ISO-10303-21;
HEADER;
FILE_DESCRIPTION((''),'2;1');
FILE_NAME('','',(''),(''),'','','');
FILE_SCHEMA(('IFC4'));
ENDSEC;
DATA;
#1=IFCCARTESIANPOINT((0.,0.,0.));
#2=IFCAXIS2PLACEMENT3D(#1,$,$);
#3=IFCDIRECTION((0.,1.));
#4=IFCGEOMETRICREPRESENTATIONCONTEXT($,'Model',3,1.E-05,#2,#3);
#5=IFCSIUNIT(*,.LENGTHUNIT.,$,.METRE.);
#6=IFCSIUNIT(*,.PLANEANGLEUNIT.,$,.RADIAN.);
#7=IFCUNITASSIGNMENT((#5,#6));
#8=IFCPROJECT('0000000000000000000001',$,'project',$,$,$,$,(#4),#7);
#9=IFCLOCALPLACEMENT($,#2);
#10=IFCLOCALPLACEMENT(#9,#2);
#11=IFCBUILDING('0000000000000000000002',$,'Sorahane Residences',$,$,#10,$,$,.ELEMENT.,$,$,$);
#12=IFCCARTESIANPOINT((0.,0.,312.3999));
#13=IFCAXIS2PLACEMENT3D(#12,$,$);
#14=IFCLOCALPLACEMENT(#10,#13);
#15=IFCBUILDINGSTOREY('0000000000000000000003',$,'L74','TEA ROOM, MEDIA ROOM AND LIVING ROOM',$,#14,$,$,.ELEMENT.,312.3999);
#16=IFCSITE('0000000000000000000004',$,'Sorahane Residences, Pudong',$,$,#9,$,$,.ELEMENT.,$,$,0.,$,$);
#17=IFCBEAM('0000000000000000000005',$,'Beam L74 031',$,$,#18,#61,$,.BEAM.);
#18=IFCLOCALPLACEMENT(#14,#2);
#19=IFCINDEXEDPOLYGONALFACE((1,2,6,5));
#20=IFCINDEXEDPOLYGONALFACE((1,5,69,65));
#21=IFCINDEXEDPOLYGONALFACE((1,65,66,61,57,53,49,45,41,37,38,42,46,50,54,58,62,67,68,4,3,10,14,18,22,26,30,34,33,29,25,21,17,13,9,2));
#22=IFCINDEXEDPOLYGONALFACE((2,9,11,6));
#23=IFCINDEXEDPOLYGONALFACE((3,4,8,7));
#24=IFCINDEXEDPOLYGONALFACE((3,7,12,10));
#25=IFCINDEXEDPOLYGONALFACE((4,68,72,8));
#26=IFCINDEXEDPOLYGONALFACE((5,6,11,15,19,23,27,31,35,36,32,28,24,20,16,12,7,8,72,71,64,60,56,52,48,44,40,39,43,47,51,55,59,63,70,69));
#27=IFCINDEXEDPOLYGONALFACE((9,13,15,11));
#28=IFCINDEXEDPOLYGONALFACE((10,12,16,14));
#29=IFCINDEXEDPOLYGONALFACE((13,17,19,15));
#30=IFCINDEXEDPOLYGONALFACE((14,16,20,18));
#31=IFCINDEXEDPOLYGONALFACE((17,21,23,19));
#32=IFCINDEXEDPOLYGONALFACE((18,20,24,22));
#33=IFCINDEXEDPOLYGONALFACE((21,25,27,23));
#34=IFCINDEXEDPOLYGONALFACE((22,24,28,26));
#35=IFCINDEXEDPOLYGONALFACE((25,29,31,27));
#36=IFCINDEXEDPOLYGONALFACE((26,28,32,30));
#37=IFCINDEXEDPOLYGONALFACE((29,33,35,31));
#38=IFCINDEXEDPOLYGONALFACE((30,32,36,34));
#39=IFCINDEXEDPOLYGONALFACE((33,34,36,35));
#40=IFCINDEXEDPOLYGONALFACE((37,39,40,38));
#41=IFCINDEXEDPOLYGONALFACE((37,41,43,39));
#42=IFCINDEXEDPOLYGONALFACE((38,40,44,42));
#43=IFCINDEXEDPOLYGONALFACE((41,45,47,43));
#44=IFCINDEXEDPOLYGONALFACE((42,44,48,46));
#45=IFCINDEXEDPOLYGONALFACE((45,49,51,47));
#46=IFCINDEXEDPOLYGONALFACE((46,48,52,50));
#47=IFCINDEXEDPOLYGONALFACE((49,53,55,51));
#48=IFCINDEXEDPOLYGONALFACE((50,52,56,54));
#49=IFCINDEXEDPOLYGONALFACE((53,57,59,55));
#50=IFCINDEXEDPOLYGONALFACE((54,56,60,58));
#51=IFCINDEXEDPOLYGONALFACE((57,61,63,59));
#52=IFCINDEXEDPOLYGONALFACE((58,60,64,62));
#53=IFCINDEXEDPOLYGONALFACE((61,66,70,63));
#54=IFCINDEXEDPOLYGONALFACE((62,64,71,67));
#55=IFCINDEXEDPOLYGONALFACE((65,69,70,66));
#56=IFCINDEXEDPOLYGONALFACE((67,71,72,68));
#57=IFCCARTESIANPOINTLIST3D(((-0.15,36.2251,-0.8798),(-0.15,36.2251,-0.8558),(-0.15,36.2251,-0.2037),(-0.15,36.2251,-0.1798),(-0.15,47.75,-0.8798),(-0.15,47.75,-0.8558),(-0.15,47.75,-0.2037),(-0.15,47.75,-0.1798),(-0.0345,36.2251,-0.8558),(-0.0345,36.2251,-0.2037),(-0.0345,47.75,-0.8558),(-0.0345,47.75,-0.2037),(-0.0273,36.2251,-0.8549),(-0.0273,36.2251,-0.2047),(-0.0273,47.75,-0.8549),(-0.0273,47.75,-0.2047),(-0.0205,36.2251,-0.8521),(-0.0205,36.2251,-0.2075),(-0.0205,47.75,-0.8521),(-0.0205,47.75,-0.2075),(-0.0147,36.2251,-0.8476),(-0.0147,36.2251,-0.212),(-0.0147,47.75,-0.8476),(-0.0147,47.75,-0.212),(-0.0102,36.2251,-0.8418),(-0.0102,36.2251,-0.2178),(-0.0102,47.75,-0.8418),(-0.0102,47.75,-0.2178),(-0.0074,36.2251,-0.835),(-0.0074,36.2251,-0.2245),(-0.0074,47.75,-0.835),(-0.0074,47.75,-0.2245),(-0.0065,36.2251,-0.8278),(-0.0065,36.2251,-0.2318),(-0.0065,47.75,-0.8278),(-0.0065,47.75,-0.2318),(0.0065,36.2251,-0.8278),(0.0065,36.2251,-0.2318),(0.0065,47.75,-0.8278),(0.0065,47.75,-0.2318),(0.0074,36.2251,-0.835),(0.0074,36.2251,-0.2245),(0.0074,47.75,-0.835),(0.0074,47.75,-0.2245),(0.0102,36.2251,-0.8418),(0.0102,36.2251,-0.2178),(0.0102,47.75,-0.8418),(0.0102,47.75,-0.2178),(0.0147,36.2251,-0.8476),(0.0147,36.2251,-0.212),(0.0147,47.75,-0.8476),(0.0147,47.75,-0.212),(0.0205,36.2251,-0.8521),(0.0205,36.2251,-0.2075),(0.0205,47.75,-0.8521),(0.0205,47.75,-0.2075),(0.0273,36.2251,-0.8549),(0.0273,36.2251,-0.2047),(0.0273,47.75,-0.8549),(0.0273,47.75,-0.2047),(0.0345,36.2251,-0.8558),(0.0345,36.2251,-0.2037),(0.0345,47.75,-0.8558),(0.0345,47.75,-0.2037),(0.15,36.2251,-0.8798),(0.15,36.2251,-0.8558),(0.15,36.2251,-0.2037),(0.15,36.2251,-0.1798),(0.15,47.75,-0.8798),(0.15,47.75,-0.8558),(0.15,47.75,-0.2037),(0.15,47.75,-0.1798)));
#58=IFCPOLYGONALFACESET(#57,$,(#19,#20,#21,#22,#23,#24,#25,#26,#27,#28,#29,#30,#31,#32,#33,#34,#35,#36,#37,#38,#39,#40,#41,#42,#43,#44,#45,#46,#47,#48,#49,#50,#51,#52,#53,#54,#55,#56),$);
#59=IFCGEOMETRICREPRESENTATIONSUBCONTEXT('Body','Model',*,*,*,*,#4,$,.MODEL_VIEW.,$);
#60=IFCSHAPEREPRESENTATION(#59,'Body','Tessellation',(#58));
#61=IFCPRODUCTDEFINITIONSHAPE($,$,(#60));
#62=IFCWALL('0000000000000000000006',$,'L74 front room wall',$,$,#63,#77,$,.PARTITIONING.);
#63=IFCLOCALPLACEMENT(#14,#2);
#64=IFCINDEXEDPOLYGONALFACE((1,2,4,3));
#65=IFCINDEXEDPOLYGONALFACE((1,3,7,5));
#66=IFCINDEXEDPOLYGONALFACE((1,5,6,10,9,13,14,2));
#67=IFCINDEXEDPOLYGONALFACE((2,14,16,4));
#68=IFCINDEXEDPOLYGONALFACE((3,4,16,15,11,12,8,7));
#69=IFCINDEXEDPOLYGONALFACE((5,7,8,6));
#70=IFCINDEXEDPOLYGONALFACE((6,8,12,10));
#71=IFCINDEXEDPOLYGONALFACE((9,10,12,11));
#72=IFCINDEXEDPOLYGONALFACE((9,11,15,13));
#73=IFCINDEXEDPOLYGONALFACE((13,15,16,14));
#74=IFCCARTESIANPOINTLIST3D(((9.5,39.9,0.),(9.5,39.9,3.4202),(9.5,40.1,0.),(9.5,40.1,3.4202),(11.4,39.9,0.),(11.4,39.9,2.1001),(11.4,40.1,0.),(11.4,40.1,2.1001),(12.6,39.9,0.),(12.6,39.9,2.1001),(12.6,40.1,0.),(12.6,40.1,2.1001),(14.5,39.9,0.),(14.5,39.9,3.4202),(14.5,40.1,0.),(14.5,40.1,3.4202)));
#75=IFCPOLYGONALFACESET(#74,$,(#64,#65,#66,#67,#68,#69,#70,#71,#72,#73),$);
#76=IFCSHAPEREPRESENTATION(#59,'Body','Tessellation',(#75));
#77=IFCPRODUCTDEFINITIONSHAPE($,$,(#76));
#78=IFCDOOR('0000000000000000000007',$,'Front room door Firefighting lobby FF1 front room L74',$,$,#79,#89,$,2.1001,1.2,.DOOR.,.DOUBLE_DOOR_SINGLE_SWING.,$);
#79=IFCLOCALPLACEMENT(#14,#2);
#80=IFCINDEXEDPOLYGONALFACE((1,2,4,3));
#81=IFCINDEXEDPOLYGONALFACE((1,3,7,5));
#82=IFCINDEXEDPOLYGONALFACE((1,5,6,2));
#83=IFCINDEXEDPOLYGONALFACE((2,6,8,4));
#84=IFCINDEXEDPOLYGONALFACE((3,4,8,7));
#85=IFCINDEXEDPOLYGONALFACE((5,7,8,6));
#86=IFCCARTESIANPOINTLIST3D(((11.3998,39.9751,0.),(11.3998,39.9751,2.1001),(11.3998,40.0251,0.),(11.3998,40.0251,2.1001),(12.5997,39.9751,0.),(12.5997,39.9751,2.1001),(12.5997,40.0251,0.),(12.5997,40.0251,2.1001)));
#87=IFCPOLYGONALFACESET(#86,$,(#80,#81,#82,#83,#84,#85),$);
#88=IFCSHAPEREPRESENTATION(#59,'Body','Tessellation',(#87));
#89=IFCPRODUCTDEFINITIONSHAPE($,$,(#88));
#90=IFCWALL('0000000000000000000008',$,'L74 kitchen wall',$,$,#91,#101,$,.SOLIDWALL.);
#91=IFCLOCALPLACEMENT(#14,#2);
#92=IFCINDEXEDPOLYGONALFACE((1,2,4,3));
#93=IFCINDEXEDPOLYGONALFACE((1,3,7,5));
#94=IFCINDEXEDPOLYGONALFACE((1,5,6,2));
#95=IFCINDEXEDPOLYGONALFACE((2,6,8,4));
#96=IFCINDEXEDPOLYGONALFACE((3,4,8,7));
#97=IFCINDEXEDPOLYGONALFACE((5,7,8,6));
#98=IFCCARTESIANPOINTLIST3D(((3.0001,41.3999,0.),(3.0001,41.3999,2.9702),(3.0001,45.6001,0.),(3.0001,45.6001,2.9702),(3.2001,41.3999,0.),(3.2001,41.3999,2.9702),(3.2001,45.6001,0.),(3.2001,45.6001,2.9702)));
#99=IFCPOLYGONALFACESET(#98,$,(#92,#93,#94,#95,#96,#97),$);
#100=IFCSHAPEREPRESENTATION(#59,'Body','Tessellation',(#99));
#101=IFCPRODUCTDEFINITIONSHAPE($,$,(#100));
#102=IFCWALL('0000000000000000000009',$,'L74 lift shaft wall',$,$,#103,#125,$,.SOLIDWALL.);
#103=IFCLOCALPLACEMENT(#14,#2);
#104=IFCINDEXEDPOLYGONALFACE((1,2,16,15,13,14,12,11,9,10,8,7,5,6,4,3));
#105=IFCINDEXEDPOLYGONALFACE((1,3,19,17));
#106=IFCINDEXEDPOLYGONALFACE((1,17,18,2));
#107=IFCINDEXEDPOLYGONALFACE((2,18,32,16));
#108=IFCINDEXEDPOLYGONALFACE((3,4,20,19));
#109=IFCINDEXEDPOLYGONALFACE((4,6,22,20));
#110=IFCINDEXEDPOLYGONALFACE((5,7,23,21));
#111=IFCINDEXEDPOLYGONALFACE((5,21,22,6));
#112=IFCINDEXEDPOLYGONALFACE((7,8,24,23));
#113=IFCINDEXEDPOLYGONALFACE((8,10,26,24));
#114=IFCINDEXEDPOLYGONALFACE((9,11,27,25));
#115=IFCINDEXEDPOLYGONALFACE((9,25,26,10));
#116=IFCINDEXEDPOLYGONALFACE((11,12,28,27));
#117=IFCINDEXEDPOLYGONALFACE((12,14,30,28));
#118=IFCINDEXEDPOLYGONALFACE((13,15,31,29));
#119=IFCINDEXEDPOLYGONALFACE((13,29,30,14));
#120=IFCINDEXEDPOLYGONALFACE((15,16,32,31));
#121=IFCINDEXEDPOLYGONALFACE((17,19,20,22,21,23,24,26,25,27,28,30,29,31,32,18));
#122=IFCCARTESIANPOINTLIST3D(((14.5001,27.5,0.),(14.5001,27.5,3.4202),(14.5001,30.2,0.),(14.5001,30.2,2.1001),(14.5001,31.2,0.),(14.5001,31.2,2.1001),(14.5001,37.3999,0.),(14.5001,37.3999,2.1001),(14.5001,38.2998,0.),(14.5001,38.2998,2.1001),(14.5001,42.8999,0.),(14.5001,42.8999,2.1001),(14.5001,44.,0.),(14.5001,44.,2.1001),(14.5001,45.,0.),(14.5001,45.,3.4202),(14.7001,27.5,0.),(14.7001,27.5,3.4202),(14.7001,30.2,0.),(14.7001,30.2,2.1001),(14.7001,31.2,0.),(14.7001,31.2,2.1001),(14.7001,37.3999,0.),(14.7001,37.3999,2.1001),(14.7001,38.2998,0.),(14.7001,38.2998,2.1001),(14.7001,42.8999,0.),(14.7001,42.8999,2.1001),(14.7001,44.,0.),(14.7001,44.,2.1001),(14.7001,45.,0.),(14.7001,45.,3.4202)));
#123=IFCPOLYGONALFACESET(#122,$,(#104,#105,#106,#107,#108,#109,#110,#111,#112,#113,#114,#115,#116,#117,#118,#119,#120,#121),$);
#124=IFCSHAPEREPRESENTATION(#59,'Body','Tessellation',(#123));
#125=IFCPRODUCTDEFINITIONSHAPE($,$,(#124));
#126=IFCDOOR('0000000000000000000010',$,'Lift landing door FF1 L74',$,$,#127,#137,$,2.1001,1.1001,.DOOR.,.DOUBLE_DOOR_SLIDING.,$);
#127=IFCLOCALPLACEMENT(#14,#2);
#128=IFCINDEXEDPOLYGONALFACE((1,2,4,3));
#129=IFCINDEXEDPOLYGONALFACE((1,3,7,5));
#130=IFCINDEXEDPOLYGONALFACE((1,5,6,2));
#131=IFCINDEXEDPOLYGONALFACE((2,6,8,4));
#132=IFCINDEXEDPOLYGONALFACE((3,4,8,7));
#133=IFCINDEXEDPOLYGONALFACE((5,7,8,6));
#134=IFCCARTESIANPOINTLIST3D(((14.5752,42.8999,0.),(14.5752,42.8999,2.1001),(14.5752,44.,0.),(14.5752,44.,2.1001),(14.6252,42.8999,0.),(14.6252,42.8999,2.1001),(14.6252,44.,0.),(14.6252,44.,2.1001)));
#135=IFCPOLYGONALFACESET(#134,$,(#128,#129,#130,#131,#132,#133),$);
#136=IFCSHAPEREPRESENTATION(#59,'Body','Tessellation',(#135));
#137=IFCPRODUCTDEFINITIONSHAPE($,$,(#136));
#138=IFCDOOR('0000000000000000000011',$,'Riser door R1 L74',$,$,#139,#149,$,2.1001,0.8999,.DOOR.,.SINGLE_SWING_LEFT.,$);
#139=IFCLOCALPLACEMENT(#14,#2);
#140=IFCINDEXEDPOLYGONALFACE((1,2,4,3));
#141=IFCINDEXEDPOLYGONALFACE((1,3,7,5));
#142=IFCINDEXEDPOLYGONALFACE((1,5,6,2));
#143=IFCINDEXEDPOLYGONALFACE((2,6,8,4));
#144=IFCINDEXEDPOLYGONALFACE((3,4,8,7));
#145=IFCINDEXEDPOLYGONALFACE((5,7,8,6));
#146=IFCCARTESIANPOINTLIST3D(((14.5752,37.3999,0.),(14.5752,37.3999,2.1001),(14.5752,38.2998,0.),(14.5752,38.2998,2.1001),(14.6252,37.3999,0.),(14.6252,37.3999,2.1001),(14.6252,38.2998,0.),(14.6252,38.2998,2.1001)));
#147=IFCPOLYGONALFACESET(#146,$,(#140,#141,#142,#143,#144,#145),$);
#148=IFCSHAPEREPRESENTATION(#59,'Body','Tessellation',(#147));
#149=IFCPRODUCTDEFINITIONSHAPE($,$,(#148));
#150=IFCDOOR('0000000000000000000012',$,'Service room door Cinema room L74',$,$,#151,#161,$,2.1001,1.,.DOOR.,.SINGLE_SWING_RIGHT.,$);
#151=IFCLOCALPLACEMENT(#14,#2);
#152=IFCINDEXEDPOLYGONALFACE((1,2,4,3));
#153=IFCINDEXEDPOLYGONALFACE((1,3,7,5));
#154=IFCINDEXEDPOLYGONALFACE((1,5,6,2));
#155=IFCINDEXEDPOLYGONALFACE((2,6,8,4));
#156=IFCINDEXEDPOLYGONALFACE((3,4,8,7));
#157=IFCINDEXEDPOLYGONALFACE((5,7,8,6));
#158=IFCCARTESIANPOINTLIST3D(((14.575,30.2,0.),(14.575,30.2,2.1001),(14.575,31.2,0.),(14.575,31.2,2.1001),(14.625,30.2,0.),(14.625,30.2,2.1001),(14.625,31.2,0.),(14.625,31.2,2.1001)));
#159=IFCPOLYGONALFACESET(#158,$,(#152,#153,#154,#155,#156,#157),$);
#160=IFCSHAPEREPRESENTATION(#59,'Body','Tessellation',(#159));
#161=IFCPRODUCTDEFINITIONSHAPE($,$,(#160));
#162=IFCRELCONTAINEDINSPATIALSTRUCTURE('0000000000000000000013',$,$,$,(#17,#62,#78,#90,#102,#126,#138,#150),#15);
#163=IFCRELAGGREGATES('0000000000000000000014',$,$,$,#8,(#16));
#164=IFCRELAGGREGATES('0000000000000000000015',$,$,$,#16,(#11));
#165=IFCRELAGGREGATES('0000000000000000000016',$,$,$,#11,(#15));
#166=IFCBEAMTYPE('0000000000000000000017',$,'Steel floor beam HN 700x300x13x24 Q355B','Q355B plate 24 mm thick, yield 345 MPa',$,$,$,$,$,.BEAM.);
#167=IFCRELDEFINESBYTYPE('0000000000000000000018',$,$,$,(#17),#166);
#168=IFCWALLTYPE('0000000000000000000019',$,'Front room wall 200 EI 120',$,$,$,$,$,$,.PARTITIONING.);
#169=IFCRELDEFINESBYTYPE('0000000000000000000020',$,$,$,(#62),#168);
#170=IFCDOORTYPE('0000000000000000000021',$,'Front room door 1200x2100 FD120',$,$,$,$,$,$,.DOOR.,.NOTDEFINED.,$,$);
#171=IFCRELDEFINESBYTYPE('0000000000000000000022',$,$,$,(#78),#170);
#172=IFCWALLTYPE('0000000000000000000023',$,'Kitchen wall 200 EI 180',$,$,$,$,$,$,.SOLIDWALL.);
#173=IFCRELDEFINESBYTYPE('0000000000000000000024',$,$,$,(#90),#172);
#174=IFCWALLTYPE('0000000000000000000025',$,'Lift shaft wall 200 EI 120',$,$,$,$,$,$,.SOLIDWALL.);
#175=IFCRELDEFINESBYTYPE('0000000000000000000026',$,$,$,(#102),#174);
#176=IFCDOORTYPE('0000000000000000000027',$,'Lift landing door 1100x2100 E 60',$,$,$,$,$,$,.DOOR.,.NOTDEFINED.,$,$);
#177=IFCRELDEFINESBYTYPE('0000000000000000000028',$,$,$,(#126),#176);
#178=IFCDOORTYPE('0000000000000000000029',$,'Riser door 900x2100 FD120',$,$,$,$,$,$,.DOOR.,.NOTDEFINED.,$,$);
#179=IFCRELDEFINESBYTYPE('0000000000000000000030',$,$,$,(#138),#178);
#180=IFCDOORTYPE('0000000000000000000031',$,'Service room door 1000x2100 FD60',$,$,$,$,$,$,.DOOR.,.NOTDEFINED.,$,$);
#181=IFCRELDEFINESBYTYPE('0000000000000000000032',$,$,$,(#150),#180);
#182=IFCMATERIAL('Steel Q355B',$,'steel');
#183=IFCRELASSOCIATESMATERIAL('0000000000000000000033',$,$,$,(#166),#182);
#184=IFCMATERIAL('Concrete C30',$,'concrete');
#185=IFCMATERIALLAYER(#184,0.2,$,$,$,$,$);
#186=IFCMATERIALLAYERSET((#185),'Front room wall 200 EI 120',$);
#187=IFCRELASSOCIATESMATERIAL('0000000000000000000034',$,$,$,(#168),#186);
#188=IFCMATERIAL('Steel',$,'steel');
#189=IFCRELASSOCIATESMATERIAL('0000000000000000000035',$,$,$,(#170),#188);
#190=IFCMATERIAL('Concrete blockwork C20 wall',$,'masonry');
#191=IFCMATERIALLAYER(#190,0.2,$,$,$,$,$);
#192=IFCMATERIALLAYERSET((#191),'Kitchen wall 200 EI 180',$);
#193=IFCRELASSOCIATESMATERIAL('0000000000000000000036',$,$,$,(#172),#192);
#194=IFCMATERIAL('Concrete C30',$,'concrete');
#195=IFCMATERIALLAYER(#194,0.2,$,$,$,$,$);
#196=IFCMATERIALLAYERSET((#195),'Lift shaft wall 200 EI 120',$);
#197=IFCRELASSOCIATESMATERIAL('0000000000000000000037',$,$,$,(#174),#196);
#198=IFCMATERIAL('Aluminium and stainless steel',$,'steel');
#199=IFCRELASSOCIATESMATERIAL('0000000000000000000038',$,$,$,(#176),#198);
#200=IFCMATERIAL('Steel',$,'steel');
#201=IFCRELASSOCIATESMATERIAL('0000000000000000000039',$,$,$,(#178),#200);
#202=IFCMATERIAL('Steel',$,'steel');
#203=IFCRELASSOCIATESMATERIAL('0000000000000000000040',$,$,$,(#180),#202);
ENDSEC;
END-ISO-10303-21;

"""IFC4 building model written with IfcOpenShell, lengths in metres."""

from ifc_helpers import new_model, si_unit, direction, frame, frame_2d, origin, origin_2d, place, context, subcontext, project, spatial, rectangle, i_section, extrude, material, layer, layer_set, material_profile, profile_set, type_object, element, fill, save


model = new_model("IFC4")

# Units and contexts
model_context = context("Model", 3, precision=1e-05, world=origin(), true_north=direction((0.0, 1.0)))
body_context = subcontext(model_context, "Body", "Model", "MODEL_VIEW")
ifc_project = project(units=[si_unit("LENGTHUNIT", "METRE"), si_unit("PLANEANGLEUNIT", "RADIAN")], contexts=[model_context])

# Site, building, storey
site_placement = place(None, origin())
site = spatial("IfcSite", under=ifc_project, at=site_placement, Name="Sorahane Residences, Pudong", CompositionType="ELEMENT", RefElevation=0.0)
building_placement = place(site_placement, origin())
building = spatial("IfcBuilding", under=site, at=building_placement, Name="Sorahane Residences", CompositionType="ELEMENT")
storey_placement = place(building_placement, frame((0.0, 0.0, 312.3999)))
storey = spatial("IfcBuildingStorey", under=building, at=storey_placement, Name="L74", Description="TEA ROOM, MEDIA ROOM AND LIVING ROOM", CompositionType="ELEMENT", Elevation=312.3999)

# Beam
ifc_material_1 = material(Name="Steel Q355B", Category="steel")
ifc_material_profile_1 = material_profile(ifc_material_1, i_section(OverallWidth=0.3, OverallDepth=0.7, WebThickness=0.0129, FlangeThickness=0.0239, FilletRadius=0.0281, at=origin_2d()), Name="HN 700x300x13x24")
ifc_profile_set_1 = profile_set([ifc_material_profile_1], Name="Steel Q355B")
beam_type_1 = type_object("IfcBeamType", Name="Steel floor beam HN 700x300x13x24 Q355B", Description="Q355B plate 24 mm thick, yield 345 MPa", PredefinedType="BEAM", material=ifc_profile_set_1)
beam_1_placement = place(storey_placement, frame((0.0, 36.2251, -0.5298), z_axis=(0.0, 1.0, 0.0), x_axis=(-1.0, 0.0, 0.0)))
element("IfcBeam", 1, at=beam_1_placement, inside=storey, type_object=beam_type_1, Name="Beam L74 031", PredefinedType="BEAM", context=body_context, shape_type="SweptSolid", body=[
    extrude(i_section(OverallWidth=0.3, OverallDepth=0.7, WebThickness=0.0129, FlangeThickness=0.0239, FilletRadius=0.0281, at=origin_2d()), origin(), (0.0, 0.0, 1.0), 11.5249),
])

# Wall, opening, door
ifc_material_2 = material(Name="Concrete C30", Category="concrete")
ifc_layer_1 = layer(ifc_material_2, 0.2)
ifc_layer_set_1 = layer_set([ifc_layer_1], Name="Front room wall 200 EI 120")
wall_type_1 = type_object("IfcWallType", Name="Front room wall 200 EI 120", PredefinedType="PARTITIONING", material=ifc_layer_set_1)
wall_1_placement = place(storey_placement, frame((9.5, 40.0, 0.0), z_axis=(0.0, 0.0, 1.0), x_axis=(1.0, 0.0, 0.0)))
wall_1 = element("IfcWall", 2, at=wall_1_placement, inside=storey, type_object=wall_type_1, Name="L74 front room wall", PredefinedType="PARTITIONING", context=body_context, shape_type="SweptSolid", body=[
    extrude(rectangle(XDim=5.0, YDim=0.2, at=frame_2d((2.5, 0.0))), origin(), (0.0, 0.0, 1.0), 3.4202),
])
opening_1_placement = place(wall_1_placement, frame((1.8999, 0.0, 0.0)))
opening_1 = element("IfcOpeningElement", 3, at=opening_1_placement, cuts=wall_1, PredefinedType="OPENING", context=body_context, shape_type="SweptSolid", body=[
    extrude(rectangle(XDim=1.2, YDim=2.1001, at=frame_2d((0.6001, 1.05))), frame((0.0, 0.1099, 0.0), z_axis=(0.0, -1.0, 0.0), x_axis=(1.0, 0.0, 0.0)), (0.0, 0.0, 1.0), 0.22),
])
ifc_material_3 = material(Name="Steel", Category="steel")
door_type_1 = type_object("IfcDoorType", Name="Front room door 1200x2100 FD120", OperationType="NOTDEFINED", PredefinedType="DOOR", material=ifc_material_3)
door_1_placement = place(opening_1_placement, frame((1.2, 0.0, 0.0), z_axis=(0.0, 0.0, 1.0), x_axis=(-1.0, 0.0, 0.0)))
door_1 = element("IfcDoor", 4, at=door_1_placement, inside=storey, type_object=door_type_1, Name="Front room door Firefighting lobby FF1 front room L74", OperationType="DOUBLE_DOOR_SINGLE_SWING", OverallHeight=2.1001, OverallWidth=1.2, PredefinedType="DOOR", context=body_context, shape_type="SweptSolid", body=[
    extrude(rectangle(XDim=1.2, YDim=2.1001, at=frame_2d((0.6001, 1.05))), frame((0.0, 0.0249, 0.0), z_axis=(0.0, -1.0, 0.0), x_axis=(1.0, 0.0, 0.0)), (0.0, 0.0, 1.0), 0.05),
])
fill(opening_1, door_1)

# Wall
ifc_material_4 = material(Name="Concrete blockwork C20 wall", Category="masonry")
ifc_layer_2 = layer(ifc_material_4, 0.2)
ifc_layer_set_2 = layer_set([ifc_layer_2], Name="Kitchen wall 200 EI 180")
wall_type_2 = type_object("IfcWallType", Name="Kitchen wall 200 EI 180", PredefinedType="SOLIDWALL", material=ifc_layer_set_2)
wall_2_placement = place(storey_placement, frame((3.1001, 41.3999, 0.0), z_axis=(0.0, 0.0, 1.0), x_axis=(0.0, 1.0, 0.0)))
element("IfcWall", 5, at=wall_2_placement, inside=storey, type_object=wall_type_2, Name="L74 kitchen wall", PredefinedType="SOLIDWALL", context=body_context, shape_type="SweptSolid", body=[
    extrude(rectangle(XDim=4.2002, YDim=0.2, at=frame_2d((2.1001, 0.0))), origin(), (0.0, 0.0, 1.0), 2.9702),
])

# Wall, openings, doors
ifc_material_5 = material(Name="Concrete C30", Category="concrete")
ifc_layer_3 = layer(ifc_material_5, 0.2)
ifc_layer_set_3 = layer_set([ifc_layer_3], Name="Lift shaft wall 200 EI 120")
wall_type_3 = type_object("IfcWallType", Name="Lift shaft wall 200 EI 120", PredefinedType="SOLIDWALL", material=ifc_layer_set_3)
wall_3_placement = place(storey_placement, frame((14.6001, 27.5, 0.0), z_axis=(0.0, 0.0, 1.0), x_axis=(0.0, 1.0, 0.0)))
wall_3 = element("IfcWall", 6, at=wall_3_placement, inside=storey, type_object=wall_type_3, Name="L74 lift shaft wall", PredefinedType="SOLIDWALL", context=body_context, shape_type="SweptSolid", body=[
    extrude(rectangle(XDim=17.5, YDim=0.2, at=frame_2d((8.75, 0.0))), origin(), (0.0, 0.0, 1.0), 3.4202),
])
opening_2_placement = place(wall_3_placement, frame((15.3999, 0.0, 0.0)))
opening_2 = element("IfcOpeningElement", 7, at=opening_2_placement, cuts=wall_3, PredefinedType="OPENING", context=body_context, shape_type="SweptSolid", body=[
    extrude(rectangle(XDim=1.1001, YDim=2.1001, at=frame_2d((0.55, 1.05))), frame((0.0, 0.1099, 0.0), z_axis=(0.0, -1.0, 0.0), x_axis=(1.0, 0.0, 0.0)), (0.0, 0.0, 1.0), 0.22),
])
opening_3_placement = place(wall_3_placement, frame((2.7, 0.0, 0.0)))
opening_3 = element("IfcOpeningElement", 8, at=opening_3_placement, cuts=wall_3, PredefinedType="OPENING", context=body_context, shape_type="SweptSolid", body=[
    extrude(rectangle(XDim=1.0, YDim=2.1001, at=frame_2d((0.5, 1.05))), frame((0.0, 0.1099, 0.0), z_axis=(0.0, -1.0, 0.0), x_axis=(1.0, 0.0, 0.0)), (0.0, 0.0, 1.0), 0.22),
])
opening_4_placement = place(wall_3_placement, frame((9.8999, 0.0, 0.0)))
opening_4 = element("IfcOpeningElement", 9, at=opening_4_placement, cuts=wall_3, PredefinedType="OPENING", context=body_context, shape_type="SweptSolid", body=[
    extrude(rectangle(XDim=0.8999, YDim=2.1001, at=frame_2d((0.45, 1.05))), frame((0.0, 0.1099, 0.0), z_axis=(0.0, -1.0, 0.0), x_axis=(1.0, 0.0, 0.0)), (0.0, 0.0, 1.0), 0.22),
])
ifc_material_6 = material(Name="Aluminium and stainless steel", Category="steel")
door_type_2 = type_object("IfcDoorType", Name="Lift landing door 1100x2100 E 60", OperationType="NOTDEFINED", PredefinedType="DOOR", material=ifc_material_6)
door_2_placement = place(opening_2_placement, origin())
door_2 = element("IfcDoor", 10, at=door_2_placement, inside=storey, type_object=door_type_2, Name="Lift landing door FF1 L74", OperationType="DOUBLE_DOOR_SLIDING", OverallHeight=2.1001, OverallWidth=1.1001, PredefinedType="DOOR", context=body_context, shape_type="SweptSolid", body=[
    extrude(rectangle(XDim=1.1001, YDim=2.1001, at=frame_2d((0.55, 1.05))), frame((0.0, 0.0249, 0.0), z_axis=(0.0, -1.0, 0.0), x_axis=(1.0, 0.0, 0.0)), (0.0, 0.0, 1.0), 0.05),
])
fill(opening_2, door_2)
ifc_material_7 = material(Name="Steel", Category="steel")
door_type_3 = type_object("IfcDoorType", Name="Riser door 900x2100 FD120", OperationType="NOTDEFINED", PredefinedType="DOOR", material=ifc_material_7)
door_3_placement = place(opening_4_placement, origin())
door_3 = element("IfcDoor", 11, at=door_3_placement, inside=storey, type_object=door_type_3, Name="Riser door R1 L74", OperationType="SINGLE_SWING_LEFT", OverallHeight=2.1001, OverallWidth=0.8999, PredefinedType="DOOR", context=body_context, shape_type="SweptSolid", body=[
    extrude(rectangle(XDim=0.8999, YDim=2.1001, at=frame_2d((0.45, 1.05))), frame((0.0, 0.0249, 0.0), z_axis=(0.0, -1.0, 0.0), x_axis=(1.0, 0.0, 0.0)), (0.0, 0.0, 1.0), 0.05),
])
fill(opening_4, door_3)
ifc_material_8 = material(Name="Steel", Category="steel")
door_type_4 = type_object("IfcDoorType", Name="Service room door 1000x2100 FD60", OperationType="NOTDEFINED", PredefinedType="DOOR", material=ifc_material_8)
door_4_placement = place(opening_3_placement, frame((1.0, 0.0, 0.0), z_axis=(0.0, 0.0, 1.0), x_axis=(-1.0, 0.0, 0.0)))
door_4 = element("IfcDoor", 12, at=door_4_placement, inside=storey, type_object=door_type_4, Name="Service room door Cinema room L74", OperationType="SINGLE_SWING_RIGHT", OverallHeight=2.1001, OverallWidth=1.0, PredefinedType="DOOR", context=body_context, shape_type="SweptSolid", body=[
    extrude(rectangle(XDim=1.0, YDim=2.1001, at=frame_2d((0.5, 1.05))), frame((0.0, 0.0249, 0.0), z_axis=(0.0, -1.0, 0.0), x_axis=(1.0, 0.0, 0.0)), (0.0, 0.0, 1.0), 0.05),
])
fill(opening_3, door_4)

save(model, "model.ifc")
